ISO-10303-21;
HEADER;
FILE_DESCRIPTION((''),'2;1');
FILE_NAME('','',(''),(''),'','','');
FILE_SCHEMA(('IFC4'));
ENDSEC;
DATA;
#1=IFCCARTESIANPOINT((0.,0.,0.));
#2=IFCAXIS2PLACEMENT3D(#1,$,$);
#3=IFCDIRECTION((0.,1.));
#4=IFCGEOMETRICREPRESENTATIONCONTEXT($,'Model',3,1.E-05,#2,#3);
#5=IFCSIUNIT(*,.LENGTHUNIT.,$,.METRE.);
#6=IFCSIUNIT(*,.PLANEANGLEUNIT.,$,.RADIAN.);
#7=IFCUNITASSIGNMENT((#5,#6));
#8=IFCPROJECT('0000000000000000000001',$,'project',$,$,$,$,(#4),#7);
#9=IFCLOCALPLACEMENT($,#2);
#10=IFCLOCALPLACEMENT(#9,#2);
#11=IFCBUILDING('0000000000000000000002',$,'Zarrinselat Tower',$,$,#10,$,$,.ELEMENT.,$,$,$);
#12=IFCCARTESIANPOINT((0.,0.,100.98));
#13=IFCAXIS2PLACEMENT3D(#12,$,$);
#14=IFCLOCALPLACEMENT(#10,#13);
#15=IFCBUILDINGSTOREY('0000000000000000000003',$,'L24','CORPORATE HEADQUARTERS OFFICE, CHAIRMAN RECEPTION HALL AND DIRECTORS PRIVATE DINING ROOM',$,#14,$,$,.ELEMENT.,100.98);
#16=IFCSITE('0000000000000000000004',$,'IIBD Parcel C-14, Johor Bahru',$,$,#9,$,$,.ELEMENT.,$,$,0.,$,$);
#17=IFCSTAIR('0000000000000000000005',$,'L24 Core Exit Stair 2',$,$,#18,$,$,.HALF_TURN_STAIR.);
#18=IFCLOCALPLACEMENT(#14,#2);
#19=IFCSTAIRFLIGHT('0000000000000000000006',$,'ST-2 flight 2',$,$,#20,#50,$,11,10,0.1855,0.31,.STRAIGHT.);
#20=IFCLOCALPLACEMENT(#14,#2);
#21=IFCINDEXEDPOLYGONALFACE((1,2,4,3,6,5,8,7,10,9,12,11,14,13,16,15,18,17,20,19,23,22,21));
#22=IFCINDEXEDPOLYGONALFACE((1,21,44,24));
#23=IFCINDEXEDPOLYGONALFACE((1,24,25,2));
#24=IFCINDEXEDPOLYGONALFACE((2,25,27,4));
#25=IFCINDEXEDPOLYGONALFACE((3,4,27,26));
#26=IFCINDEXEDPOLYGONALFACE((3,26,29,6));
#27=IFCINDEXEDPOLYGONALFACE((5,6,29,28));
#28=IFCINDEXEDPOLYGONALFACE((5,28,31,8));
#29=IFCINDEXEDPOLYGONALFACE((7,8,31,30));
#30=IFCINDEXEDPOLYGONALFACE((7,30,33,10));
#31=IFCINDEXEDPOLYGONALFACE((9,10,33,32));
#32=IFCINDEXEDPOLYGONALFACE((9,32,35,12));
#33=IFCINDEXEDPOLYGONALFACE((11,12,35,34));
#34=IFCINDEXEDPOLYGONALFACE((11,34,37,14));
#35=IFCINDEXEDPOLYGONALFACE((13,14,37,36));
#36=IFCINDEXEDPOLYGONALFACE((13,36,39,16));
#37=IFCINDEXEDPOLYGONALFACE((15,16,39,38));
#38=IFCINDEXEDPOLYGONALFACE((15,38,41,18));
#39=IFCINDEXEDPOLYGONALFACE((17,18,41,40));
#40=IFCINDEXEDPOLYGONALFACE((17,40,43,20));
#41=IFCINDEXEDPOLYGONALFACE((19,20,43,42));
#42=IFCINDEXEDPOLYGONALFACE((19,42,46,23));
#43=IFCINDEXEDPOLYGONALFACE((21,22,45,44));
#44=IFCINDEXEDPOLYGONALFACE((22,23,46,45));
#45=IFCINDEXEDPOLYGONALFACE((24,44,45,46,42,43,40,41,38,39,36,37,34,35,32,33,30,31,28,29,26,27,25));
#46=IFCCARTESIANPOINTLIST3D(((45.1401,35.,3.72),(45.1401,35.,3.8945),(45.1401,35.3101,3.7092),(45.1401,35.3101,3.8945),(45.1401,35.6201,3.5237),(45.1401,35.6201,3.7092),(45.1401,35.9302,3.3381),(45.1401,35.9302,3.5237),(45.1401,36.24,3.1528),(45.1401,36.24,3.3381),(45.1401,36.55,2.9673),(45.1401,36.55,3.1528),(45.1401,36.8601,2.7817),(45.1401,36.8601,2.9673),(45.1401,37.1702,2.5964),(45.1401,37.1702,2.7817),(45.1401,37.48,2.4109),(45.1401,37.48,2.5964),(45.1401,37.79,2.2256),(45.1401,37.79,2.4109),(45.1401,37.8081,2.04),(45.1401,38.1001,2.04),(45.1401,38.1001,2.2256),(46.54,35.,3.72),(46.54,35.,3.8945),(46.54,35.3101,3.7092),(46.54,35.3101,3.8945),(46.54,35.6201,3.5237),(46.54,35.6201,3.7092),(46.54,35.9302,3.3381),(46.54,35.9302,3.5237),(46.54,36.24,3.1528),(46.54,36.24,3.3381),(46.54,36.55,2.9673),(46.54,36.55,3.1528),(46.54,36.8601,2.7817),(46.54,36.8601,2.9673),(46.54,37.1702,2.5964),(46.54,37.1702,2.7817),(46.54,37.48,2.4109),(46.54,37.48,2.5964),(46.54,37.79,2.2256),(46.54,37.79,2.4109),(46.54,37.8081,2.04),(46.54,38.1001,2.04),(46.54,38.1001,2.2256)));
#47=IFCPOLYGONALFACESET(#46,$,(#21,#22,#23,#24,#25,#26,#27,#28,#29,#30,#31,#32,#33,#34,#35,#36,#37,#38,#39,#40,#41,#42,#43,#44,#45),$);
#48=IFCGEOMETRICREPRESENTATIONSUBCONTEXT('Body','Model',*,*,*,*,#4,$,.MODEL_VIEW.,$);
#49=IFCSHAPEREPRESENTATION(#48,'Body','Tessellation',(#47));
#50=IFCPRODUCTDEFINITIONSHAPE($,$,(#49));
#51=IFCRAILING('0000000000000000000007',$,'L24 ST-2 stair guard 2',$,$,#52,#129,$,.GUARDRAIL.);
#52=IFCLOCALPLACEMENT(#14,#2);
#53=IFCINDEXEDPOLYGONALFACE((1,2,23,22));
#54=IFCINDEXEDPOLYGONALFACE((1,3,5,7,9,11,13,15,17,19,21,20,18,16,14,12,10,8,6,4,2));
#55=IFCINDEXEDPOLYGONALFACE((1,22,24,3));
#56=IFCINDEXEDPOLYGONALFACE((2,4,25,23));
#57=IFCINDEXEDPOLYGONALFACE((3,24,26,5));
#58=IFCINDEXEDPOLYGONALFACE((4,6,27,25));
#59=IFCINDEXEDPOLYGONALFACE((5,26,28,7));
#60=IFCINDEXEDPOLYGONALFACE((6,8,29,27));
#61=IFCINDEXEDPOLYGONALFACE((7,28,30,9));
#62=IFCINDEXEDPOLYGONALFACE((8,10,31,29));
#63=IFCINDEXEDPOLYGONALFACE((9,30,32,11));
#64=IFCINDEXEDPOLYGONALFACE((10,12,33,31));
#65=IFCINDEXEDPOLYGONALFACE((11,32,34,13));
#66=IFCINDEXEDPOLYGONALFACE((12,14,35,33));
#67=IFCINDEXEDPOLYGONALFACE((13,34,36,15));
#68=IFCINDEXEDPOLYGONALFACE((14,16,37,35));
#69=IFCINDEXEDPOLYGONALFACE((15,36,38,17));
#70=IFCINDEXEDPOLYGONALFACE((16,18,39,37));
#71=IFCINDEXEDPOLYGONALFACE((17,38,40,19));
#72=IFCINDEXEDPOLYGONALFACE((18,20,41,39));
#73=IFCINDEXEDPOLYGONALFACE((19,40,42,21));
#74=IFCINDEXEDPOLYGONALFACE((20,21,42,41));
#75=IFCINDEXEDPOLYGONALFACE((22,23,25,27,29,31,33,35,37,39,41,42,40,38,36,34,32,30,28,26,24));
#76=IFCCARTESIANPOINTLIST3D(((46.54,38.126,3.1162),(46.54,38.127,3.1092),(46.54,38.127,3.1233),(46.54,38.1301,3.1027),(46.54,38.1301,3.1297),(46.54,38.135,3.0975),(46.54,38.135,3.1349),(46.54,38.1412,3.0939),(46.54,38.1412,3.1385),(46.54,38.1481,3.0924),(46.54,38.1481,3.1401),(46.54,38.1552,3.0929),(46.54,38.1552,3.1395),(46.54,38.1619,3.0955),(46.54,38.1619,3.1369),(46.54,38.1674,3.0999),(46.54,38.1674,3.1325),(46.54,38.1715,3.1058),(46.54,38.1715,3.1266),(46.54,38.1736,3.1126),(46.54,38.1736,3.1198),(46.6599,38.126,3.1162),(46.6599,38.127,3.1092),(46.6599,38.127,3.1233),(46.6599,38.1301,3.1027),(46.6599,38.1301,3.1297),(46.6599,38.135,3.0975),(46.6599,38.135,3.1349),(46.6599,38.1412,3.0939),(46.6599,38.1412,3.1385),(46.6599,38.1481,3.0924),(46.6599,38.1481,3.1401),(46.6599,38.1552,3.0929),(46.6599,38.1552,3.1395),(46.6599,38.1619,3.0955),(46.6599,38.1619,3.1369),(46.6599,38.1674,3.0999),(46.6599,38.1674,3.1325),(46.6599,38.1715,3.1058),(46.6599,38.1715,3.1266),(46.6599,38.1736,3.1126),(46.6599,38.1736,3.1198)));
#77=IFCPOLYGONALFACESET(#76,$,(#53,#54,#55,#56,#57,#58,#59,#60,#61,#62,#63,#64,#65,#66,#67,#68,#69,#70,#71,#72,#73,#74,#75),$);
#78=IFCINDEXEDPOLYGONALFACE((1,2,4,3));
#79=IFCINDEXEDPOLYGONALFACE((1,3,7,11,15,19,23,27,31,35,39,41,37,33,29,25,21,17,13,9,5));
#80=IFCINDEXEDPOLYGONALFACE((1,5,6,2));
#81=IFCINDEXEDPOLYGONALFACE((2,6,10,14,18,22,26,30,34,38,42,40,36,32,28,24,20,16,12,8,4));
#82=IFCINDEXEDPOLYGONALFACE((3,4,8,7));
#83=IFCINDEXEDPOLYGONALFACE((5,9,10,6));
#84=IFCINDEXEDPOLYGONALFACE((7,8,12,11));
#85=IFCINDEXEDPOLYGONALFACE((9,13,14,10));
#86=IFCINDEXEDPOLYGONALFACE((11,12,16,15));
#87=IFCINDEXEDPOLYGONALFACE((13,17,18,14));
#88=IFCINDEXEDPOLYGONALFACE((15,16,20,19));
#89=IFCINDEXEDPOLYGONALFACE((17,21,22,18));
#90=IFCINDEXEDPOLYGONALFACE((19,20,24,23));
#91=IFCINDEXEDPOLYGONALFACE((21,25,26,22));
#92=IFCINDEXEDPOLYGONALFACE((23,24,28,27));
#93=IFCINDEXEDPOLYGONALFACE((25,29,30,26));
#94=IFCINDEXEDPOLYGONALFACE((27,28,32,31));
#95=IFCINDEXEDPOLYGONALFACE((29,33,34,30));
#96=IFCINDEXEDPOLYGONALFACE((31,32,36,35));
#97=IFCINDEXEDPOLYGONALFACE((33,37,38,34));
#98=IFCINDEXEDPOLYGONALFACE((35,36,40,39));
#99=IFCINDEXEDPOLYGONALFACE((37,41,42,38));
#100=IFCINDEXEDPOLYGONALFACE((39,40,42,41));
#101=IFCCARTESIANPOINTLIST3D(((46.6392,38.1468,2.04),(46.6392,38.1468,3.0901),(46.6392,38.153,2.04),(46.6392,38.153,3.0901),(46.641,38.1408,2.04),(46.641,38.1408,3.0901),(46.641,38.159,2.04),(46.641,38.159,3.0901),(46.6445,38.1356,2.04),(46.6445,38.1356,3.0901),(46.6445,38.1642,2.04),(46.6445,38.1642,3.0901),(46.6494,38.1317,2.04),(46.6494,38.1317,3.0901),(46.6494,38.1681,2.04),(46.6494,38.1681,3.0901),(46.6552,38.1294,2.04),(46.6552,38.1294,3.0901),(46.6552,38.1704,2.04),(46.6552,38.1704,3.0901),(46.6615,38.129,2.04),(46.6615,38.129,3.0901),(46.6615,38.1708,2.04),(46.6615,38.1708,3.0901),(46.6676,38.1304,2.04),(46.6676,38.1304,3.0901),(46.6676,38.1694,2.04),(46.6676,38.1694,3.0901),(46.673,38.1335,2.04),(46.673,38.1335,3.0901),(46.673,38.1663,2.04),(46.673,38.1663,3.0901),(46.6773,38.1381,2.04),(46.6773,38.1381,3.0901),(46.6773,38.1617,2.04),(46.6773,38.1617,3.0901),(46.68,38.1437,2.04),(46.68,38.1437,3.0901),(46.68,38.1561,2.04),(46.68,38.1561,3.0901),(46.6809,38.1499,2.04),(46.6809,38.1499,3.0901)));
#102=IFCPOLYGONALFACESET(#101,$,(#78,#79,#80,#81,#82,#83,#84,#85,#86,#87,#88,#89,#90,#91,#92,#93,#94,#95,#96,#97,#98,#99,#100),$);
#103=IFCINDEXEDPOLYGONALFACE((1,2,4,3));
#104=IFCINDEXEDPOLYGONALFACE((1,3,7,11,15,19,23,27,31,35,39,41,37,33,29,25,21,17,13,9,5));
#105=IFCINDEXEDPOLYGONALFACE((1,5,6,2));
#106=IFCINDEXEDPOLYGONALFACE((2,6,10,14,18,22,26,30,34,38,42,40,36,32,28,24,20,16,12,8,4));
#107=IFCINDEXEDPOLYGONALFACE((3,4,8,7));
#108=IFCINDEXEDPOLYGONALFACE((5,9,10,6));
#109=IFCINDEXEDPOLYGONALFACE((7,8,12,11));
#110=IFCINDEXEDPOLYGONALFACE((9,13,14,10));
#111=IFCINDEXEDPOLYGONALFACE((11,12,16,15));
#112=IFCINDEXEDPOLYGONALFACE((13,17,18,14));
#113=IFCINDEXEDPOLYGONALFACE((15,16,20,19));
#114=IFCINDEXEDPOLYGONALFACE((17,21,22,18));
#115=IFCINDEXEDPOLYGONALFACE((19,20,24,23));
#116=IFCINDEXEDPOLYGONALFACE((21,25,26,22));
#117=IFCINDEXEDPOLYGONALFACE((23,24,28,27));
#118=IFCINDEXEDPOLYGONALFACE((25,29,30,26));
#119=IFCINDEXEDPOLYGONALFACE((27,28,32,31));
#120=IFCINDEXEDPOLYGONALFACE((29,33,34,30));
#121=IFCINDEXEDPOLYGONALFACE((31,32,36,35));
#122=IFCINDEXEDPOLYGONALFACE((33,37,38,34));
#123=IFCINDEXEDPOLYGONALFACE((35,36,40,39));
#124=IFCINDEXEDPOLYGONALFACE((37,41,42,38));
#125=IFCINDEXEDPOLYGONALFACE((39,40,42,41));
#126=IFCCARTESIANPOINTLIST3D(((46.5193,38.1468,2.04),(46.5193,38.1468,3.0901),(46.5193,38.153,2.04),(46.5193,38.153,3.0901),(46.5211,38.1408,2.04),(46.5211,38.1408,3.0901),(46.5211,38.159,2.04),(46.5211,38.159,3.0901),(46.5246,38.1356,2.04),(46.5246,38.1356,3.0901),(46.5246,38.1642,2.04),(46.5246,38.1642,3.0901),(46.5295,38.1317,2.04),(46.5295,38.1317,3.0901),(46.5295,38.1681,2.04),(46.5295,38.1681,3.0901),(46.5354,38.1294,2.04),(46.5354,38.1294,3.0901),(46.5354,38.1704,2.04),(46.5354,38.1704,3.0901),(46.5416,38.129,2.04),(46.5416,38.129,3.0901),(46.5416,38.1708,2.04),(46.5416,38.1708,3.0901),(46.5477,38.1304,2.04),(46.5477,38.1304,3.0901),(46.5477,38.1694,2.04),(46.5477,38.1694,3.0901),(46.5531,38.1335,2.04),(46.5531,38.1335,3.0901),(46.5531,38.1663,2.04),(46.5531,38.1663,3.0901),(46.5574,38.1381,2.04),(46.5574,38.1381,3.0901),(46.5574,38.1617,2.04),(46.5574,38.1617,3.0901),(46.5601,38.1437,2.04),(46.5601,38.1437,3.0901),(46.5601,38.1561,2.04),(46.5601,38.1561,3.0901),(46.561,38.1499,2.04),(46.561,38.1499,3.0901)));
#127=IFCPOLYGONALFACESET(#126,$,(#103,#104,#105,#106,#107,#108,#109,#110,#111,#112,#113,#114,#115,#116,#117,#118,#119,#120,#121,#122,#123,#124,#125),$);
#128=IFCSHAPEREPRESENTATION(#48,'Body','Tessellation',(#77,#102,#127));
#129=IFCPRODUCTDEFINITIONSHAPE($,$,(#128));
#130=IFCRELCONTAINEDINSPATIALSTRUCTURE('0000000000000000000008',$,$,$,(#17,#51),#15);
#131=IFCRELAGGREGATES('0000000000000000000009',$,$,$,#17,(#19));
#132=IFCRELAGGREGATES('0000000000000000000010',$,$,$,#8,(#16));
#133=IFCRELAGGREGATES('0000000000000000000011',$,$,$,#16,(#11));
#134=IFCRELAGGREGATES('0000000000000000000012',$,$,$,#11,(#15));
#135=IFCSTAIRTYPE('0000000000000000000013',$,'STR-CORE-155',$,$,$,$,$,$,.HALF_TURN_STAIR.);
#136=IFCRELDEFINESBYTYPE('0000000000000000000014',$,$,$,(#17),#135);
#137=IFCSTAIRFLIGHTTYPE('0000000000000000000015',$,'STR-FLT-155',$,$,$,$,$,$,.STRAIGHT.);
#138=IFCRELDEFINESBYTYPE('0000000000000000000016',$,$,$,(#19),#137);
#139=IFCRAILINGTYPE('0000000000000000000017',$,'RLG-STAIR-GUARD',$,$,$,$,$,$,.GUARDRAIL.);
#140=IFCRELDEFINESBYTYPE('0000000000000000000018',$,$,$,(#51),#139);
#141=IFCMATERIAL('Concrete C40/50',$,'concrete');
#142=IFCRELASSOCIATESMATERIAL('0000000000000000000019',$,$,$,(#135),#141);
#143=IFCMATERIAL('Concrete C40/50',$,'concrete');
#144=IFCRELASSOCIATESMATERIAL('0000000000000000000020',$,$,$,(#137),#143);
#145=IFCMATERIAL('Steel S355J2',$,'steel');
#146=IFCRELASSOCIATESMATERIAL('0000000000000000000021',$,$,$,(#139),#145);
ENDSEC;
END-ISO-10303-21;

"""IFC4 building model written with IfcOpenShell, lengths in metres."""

from ifc_helpers import new_model, si_unit, direction, frame, origin, origin_2d, place, context, subcontext, project, spatial, polyline, circle, outline, extrude, material, type_object, element, aggregate, save


model = new_model("IFC4")

# Units and contexts
model_context = context("Model", 3, precision=1e-05, world=origin(), true_north=direction((0.0, 1.0)))
body_context = subcontext(model_context, "Body", "Model", "MODEL_VIEW")
ifc_project = project(units=[si_unit("LENGTHUNIT", "METRE"), si_unit("PLANEANGLEUNIT", "RADIAN")], contexts=[model_context])

# Site, building, storey
site_placement = place(None, origin())
site = spatial("IfcSite", under=ifc_project, at=site_placement, Name="IIBD Parcel C-14, Johor Bahru", CompositionType="ELEMENT", RefElevation=0.0)
building_placement = place(site_placement, origin())
building = spatial("IfcBuilding", under=site, at=building_placement, Name="Zarrinselat Tower", CompositionType="ELEMENT")
storey_placement = place(building_placement, frame((0.0, 0.0, 100.98)))
storey = spatial("IfcBuildingStorey", under=building, at=storey_placement, Name="L24", Description="CORPORATE HEADQUARTERS OFFICE, CHAIRMAN RECEPTION HALL AND DIRECTORS PRIVATE DINING ROOM", CompositionType="ELEMENT", Elevation=100.98)

# Stair, stair flight
ifc_material_1 = material(Name="Concrete C40/50", Category="concrete")
stair_type = type_object("IfcStairType", Name="STR-CORE-155", PredefinedType="HALF_TURN_STAIR", material=ifc_material_1)
stair_placement = place(storey_placement, origin())
stair = element("IfcStair", 1, at=stair_placement, inside=storey, type_object=stair_type, Name="L24 Core Exit Stair 2", PredefinedType="HALF_TURN_STAIR")
ifc_material_2 = material(Name="Concrete C40/50", Category="concrete")
stair_flight_type = type_object("IfcStairFlightType", Name="STR-FLT-155", PredefinedType="STRAIGHT", material=ifc_material_2)
stair_flight_placement = place(storey_placement, frame((45.8401, 38.1001, 2.04), z_axis=(0.0, 0.0, 1.0), x_axis=(0.0, -1.0, 0.0)))
stair_flight = element("IfcStairFlight", 2, at=stair_flight_placement, type_object=stair_flight_type, Name="ST-2 flight 2", NumberOfRisers=11, NumberOfTreads=10, PredefinedType="STRAIGHT", RiserHeight=0.1855, TreadLength=0.31, context=body_context, shape_type="SweptSolid", body=[
    extrude(outline(polyline([(0.0, 0.0), (0.0, 0.1855), (0.3101, 0.1855), (0.3101, 0.3708), (0.6201, 0.3708), (0.6201, 0.5564), (0.9299, 0.5564), (0.9299, 0.7417), (1.24, 0.7417), (1.24, 0.9272), (1.55, 0.9272), (1.55, 1.1128), (1.8601, 1.1128), (1.8601, 1.2981), (2.1699, 1.2981), (2.1699, 1.4836), (2.48, 1.4836), (2.48, 1.6692), (2.79, 1.6692), (2.79, 1.8545), (3.1001, 1.8545), (3.1001, 2.04), (3.1001, 1.6799), (0.292, 0.0), (0.0, 0.0)])), frame((0.0, 0.7, 0.0), z_axis=(0.0, -1.0, 0.0), x_axis=(1.0, 0.0, 0.0)), (0.0, 0.0, 1.0), 1.3999),
])
aggregate(stair, [stair_flight])

# Railing
ifc_material_3 = material(Name="Steel S355J2", Category="steel")
railing_type_1 = type_object("IfcRailingType", Name="RLG-STAIR-GUARD", PredefinedType="GUARDRAIL", material=ifc_material_3)
railing_1_placement = place(storey_placement, frame((46.6599, 38.1499, 2.04)))
element("IfcRailing", 3, at=railing_1_placement, inside=storey, type_object=railing_type_1, Name="L24 ST-2 stair guard 2", PredefinedType="GUARDRAIL", context=body_context, shape_type="SweptSolid", body=[
    extrude(circle(Radius=0.0239, at=origin_2d()), frame((0.0, 0.0, 1.0762), z_axis=(-1.0, 0.0, 0.0), x_axis=(0.0, -1.0, 0.0)), (0.0, 0.0, 1.0), 0.1199),
    extrude(circle(Radius=0.021, at=origin_2d()), origin(), (0.0, 0.0, 1.0), 1.05),
    extrude(circle(Radius=0.021, at=origin_2d()), frame((-0.1199, 0.0, 0.0)), (0.0, 0.0, 1.0), 1.05),
])

save(model, "model.ifc")
